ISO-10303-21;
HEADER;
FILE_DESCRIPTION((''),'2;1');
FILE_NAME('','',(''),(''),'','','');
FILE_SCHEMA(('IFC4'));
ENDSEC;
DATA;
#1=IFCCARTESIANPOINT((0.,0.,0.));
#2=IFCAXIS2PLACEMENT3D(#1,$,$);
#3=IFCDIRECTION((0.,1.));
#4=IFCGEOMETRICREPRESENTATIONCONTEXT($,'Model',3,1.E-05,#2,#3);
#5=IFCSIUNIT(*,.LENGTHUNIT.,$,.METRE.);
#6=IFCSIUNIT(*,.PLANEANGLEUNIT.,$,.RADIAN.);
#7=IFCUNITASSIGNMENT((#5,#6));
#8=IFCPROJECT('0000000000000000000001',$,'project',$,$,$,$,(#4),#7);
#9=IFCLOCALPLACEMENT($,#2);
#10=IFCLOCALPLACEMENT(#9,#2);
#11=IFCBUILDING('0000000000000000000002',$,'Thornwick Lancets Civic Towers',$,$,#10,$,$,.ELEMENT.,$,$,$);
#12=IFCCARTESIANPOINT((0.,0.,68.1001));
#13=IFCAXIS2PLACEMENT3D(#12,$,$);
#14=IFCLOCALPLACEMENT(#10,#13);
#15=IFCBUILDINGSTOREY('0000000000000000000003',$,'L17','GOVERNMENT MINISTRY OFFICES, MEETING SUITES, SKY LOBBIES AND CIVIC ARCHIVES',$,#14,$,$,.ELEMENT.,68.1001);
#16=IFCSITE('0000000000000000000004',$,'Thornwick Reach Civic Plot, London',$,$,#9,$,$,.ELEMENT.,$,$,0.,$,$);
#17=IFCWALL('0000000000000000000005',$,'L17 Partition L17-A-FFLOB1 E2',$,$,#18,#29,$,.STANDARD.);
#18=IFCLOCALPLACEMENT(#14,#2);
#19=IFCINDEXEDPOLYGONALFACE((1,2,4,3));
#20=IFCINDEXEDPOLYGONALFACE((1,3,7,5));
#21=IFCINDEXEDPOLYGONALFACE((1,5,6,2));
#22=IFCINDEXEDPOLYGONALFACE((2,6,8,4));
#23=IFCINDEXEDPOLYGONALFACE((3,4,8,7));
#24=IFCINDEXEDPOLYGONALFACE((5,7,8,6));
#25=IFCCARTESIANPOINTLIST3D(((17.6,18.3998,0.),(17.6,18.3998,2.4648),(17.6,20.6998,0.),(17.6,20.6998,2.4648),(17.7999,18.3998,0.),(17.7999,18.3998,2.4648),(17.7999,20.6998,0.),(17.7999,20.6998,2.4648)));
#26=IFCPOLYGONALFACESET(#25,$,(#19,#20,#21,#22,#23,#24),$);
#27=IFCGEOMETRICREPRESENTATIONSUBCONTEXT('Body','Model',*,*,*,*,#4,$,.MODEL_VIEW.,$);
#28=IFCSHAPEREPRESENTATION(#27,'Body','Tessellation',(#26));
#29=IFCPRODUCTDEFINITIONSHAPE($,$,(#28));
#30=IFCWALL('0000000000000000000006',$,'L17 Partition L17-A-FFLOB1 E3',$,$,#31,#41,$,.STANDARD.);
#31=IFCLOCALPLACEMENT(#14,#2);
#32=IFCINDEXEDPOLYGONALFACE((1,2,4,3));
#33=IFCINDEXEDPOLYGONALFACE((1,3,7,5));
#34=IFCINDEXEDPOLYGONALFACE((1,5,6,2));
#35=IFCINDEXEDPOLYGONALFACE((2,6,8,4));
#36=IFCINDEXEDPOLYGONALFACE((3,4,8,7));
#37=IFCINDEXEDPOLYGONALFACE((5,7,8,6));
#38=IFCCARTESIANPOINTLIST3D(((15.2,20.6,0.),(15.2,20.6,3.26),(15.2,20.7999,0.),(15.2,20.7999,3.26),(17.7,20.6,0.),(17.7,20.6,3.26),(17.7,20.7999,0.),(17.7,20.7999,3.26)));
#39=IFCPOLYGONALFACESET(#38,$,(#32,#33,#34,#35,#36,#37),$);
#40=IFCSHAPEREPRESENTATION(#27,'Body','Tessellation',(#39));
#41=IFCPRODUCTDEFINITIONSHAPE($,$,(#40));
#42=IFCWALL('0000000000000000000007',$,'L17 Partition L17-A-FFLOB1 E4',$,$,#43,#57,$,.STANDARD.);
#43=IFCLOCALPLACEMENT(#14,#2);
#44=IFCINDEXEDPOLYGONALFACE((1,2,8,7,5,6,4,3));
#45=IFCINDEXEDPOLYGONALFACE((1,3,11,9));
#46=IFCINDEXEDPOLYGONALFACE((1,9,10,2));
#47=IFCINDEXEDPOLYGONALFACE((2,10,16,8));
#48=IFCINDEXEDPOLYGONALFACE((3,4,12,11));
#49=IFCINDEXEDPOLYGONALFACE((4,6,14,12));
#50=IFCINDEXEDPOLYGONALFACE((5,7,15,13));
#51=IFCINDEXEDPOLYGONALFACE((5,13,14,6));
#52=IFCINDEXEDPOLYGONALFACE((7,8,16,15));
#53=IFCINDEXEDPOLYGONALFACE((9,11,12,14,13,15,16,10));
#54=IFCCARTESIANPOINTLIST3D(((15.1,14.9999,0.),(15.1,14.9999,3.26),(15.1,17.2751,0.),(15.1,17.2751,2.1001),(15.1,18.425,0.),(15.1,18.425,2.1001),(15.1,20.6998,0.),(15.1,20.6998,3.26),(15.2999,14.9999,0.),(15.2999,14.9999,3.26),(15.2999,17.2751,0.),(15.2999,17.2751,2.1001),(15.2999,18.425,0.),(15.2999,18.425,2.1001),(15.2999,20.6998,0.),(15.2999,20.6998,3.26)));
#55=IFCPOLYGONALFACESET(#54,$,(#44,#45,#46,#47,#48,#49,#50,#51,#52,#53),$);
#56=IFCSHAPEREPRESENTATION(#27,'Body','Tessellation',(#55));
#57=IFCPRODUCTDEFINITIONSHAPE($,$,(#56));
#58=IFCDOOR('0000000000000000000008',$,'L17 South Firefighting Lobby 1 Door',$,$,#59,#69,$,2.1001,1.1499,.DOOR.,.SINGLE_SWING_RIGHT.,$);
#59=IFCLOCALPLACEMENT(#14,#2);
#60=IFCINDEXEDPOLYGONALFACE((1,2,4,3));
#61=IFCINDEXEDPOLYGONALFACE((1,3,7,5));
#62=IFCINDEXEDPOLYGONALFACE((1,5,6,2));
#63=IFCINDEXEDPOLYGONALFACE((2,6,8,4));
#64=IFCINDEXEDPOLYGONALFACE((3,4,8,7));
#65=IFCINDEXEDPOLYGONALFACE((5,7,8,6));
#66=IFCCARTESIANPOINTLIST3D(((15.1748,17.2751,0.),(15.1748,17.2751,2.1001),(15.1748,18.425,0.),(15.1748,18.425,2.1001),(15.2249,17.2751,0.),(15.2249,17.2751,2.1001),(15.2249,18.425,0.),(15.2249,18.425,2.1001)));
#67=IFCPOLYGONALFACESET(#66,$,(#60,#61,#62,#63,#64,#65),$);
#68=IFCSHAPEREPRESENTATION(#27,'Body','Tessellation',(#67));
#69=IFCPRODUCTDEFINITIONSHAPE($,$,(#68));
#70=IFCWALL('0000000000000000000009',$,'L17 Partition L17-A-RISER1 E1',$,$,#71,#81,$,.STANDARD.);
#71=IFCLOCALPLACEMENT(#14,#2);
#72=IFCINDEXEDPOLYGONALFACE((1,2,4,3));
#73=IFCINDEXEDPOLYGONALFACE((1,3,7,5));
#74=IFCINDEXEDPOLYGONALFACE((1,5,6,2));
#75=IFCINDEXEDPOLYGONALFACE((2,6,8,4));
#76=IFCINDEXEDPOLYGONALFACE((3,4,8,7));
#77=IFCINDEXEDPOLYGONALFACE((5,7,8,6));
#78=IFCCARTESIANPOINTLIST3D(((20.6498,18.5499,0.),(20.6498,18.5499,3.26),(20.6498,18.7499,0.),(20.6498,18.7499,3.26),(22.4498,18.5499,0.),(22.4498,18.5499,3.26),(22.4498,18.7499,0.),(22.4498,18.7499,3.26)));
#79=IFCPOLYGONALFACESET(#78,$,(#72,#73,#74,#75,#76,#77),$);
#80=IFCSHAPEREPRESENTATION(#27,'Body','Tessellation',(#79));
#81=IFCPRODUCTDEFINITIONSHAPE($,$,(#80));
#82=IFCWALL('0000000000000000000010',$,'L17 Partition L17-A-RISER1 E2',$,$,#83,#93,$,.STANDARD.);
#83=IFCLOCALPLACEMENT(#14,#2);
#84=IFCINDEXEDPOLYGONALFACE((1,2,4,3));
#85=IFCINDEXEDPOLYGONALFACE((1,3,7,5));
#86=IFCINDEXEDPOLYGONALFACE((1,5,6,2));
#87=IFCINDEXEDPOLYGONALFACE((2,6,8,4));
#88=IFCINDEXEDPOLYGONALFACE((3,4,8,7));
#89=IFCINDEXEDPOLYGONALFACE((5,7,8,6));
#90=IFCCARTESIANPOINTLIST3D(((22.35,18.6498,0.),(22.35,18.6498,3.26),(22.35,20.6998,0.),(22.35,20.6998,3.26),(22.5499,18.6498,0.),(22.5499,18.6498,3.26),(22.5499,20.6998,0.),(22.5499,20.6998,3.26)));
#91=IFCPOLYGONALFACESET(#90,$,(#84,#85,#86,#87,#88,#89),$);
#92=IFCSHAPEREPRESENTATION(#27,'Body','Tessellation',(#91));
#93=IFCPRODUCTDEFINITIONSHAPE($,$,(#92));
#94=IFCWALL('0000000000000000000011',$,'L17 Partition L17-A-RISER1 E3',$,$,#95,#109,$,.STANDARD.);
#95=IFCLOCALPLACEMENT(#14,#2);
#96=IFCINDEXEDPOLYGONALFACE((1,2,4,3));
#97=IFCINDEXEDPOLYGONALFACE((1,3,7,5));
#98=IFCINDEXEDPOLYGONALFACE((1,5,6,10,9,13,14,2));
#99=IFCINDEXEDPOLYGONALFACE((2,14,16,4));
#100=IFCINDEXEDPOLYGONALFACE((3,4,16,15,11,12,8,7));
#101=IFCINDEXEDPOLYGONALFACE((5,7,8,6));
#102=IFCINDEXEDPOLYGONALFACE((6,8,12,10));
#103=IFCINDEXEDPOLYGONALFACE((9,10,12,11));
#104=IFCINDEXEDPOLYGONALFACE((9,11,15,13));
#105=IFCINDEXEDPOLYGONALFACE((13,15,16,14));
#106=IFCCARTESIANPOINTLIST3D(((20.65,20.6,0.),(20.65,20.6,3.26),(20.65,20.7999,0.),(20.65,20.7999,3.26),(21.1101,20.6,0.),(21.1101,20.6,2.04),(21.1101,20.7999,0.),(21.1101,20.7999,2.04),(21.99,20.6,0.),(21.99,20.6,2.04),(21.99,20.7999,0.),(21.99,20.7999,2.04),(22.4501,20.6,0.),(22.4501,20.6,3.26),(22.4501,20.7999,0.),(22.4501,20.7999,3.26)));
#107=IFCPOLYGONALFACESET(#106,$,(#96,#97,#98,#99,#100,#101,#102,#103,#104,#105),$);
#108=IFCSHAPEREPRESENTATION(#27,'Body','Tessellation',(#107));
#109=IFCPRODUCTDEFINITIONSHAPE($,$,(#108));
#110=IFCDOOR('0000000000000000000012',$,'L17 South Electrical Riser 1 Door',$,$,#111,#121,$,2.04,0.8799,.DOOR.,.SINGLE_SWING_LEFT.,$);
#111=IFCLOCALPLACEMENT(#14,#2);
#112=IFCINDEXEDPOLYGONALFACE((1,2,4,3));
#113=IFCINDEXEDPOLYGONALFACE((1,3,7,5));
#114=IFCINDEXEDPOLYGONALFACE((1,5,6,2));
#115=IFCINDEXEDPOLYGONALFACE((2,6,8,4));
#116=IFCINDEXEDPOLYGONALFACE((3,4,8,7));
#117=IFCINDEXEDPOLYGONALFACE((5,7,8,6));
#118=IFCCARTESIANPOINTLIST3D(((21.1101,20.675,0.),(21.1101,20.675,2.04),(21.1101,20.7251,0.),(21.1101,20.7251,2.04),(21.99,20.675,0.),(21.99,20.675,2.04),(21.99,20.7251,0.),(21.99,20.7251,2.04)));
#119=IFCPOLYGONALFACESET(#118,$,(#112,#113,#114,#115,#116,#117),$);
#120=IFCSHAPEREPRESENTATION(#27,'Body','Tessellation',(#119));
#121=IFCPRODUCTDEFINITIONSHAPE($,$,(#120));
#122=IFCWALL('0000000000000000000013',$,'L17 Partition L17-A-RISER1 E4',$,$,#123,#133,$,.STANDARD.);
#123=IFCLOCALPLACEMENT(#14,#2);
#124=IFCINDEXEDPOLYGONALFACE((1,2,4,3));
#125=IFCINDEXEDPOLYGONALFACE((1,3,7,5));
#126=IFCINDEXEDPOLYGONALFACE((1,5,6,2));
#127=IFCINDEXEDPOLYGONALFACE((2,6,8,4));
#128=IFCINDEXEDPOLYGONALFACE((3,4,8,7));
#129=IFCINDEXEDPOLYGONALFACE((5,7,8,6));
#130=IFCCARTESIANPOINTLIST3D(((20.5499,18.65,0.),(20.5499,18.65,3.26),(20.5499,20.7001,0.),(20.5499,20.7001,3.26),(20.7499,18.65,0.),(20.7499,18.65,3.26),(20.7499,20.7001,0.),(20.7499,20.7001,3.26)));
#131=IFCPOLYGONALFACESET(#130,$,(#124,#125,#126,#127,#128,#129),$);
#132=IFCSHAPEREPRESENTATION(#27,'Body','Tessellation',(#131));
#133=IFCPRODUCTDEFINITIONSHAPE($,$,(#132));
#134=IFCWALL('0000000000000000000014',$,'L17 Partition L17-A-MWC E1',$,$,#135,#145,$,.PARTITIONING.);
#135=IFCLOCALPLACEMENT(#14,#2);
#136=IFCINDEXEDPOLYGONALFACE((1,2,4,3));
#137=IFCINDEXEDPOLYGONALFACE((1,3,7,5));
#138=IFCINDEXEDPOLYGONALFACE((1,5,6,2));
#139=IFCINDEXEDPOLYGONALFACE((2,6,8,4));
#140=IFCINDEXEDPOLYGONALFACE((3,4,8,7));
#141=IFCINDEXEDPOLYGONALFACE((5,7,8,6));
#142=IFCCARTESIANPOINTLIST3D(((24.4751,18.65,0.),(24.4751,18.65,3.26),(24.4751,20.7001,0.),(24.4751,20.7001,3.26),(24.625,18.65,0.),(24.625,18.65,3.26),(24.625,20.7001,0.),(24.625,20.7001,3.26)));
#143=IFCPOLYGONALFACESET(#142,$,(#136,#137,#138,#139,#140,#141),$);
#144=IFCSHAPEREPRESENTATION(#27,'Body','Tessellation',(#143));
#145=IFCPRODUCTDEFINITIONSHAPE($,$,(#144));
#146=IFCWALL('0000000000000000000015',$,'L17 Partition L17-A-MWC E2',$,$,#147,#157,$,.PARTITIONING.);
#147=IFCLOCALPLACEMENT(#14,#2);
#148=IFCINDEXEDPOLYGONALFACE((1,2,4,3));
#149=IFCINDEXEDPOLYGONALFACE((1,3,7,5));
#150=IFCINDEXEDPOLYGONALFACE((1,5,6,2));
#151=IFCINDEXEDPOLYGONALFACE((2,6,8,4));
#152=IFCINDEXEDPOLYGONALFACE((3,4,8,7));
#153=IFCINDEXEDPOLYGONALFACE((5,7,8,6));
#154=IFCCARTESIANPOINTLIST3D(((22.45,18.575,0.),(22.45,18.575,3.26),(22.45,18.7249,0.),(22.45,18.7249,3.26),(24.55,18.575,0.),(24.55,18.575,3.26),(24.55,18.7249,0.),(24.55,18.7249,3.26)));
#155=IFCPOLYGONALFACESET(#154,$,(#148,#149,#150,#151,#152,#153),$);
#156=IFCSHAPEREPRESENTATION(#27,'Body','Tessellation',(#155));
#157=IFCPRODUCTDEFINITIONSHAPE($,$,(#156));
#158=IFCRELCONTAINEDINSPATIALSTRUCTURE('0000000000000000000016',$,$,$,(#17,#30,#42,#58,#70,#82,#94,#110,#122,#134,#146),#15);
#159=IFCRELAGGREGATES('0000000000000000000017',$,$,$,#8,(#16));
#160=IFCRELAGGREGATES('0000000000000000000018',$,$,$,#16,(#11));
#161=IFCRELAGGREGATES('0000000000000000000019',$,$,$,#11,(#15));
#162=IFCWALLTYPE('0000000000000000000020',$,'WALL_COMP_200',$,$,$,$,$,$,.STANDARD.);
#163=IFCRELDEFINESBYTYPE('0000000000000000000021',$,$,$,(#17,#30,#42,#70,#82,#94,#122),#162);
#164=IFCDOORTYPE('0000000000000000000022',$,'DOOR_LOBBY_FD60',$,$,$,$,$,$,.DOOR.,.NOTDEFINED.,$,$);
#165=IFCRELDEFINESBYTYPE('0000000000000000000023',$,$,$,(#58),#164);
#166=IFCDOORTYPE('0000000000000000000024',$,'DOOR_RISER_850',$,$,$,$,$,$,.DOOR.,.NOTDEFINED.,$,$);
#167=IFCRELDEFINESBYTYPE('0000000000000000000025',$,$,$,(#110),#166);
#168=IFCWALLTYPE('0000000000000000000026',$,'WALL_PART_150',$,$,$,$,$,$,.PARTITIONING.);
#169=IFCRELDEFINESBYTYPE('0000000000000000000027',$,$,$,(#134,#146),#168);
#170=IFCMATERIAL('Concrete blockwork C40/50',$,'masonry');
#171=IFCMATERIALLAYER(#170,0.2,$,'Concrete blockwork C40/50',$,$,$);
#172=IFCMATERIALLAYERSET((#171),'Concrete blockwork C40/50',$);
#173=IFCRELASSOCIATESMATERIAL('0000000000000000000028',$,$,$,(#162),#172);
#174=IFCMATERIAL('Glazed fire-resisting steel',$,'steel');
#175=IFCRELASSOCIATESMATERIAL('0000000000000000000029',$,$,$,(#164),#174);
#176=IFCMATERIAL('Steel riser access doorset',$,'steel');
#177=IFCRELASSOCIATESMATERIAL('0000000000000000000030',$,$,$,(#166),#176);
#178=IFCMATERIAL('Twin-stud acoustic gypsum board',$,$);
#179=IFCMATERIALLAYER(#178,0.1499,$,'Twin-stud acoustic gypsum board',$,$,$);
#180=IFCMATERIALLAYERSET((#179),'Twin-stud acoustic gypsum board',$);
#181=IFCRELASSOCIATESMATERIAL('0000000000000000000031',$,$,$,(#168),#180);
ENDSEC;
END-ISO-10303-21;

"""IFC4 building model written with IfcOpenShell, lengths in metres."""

from ifc_helpers import new_model, si_unit, direction, frame, frame_2d, origin, place, context, subcontext, project, spatial, rectangle, extrude, material, layer, layer_set, type_object, element, fill, save


model = new_model("IFC4")

# Units and contexts
model_context = context("Model", 3, precision=1e-05, world=origin(), true_north=direction((0.0, 1.0)))
body_context = subcontext(model_context, "Body", "Model", "MODEL_VIEW")
ifc_project = project(units=[si_unit("LENGTHUNIT", "METRE"), si_unit("PLANEANGLEUNIT", "RADIAN")], contexts=[model_context])

# Site, building, storey
site_placement = place(None, origin())
site = spatial("IfcSite", under=ifc_project, at=site_placement, Name="Thornwick Reach Civic Plot, London", CompositionType="ELEMENT", RefElevation=0.0)
building_placement = place(site_placement, origin())
building = spatial("IfcBuilding", under=site, at=building_placement, Name="Thornwick Lancets Civic Towers", CompositionType="ELEMENT")
storey_placement = place(building_placement, frame((0.0, 0.0, 68.1001)))
storey = spatial("IfcBuildingStorey", under=building, at=storey_placement, Name="L17", Description="GOVERNMENT MINISTRY OFFICES, MEETING SUITES, SKY LOBBIES AND CIVIC ARCHIVES", CompositionType="ELEMENT", Elevation=68.1001)

# Walls
ifc_material_1 = material(Name="Concrete blockwork C40/50", Category="masonry")
ifc_layer_1 = layer(ifc_material_1, 0.2, Name="Concrete blockwork C40/50")
ifc_layer_set_1 = layer_set([ifc_layer_1], Name="Concrete blockwork C40/50")
wall_type_1 = type_object("IfcWallType", Name="WALL_COMP_200", PredefinedType="STANDARD", material=ifc_layer_set_1)
wall_1_placement = place(storey_placement, frame((17.7, 18.3999, 0.0), z_axis=(0.0, 0.0, 1.0), x_axis=(0.0, 1.0, 0.0)))
element("IfcWall", 1, at=wall_1_placement, inside=storey, type_object=wall_type_1, Name="L17 Partition L17-A-FFLOB1 E2", PredefinedType="STANDARD", context=body_context, shape_type="SweptSolid", body=[
    extrude(rectangle(XDim=2.3, YDim=0.2, at=frame_2d((1.1499, 0.0))), origin(), (0.0, 0.0, 1.0), 2.4648),
])
wall_2_placement = place(storey_placement, frame((17.7, 20.7, 0.0), z_axis=(0.0, 0.0, 1.0), x_axis=(-1.0, 0.0, 0.0)))
element("IfcWall", 2, at=wall_2_placement, inside=storey, type_object=wall_type_1, Name="L17 Partition L17-A-FFLOB1 E3", PredefinedType="STANDARD", context=body_context, shape_type="SweptSolid", body=[
    extrude(rectangle(XDim=2.5, YDim=0.2, at=frame_2d((1.25, 0.0))), origin(), (0.0, 0.0, 1.0), 3.26),
])

# Wall, opening, door
wall_3_placement = place(storey_placement, frame((15.2, 20.7, 0.0), z_axis=(0.0, 0.0, 1.0), x_axis=(0.0, -1.0, 0.0)))
wall_3 = element("IfcWall", 3, at=wall_3_placement, inside=storey, type_object=wall_type_1, Name="L17 Partition L17-A-FFLOB1 E4", PredefinedType="STANDARD", context=body_context, shape_type="SweptSolid", body=[
    extrude(rectangle(XDim=5.7, YDim=0.2, at=frame_2d((2.8501, 0.0))), origin(), (0.0, 0.0, 1.0), 3.26),
])
opening_1_placement = place(wall_3_placement, frame((2.2749, 0.0, 0.0)))
opening_1 = element("IfcOpeningElement", 4, at=opening_1_placement, cuts=wall_3, PredefinedType="OPENING", context=body_context, shape_type="SweptSolid", body=[
    extrude(rectangle(XDim=1.1499, YDim=2.1001, at=frame_2d((0.575, 1.05))), frame((0.0, 0.1099, 0.0), z_axis=(0.0, -1.0, 0.0), x_axis=(1.0, 0.0, 0.0)), (0.0, 0.0, 1.0), 0.22),
])
ifc_material_2 = material(Name="Glazed fire-resisting steel", Category="steel")
door_type_1 = type_object("IfcDoorType", Name="DOOR_LOBBY_FD60", OperationType="NOTDEFINED", PredefinedType="DOOR", material=ifc_material_2)
door_1_placement = place(opening_1_placement, origin())
door_1 = element("IfcDoor", 5, at=door_1_placement, inside=storey, type_object=door_type_1, Name="L17 South Firefighting Lobby 1 Door", OperationType="SINGLE_SWING_RIGHT", OverallHeight=2.1001, OverallWidth=1.1499, PredefinedType="DOOR", context=body_context, shape_type="SweptSolid", body=[
    extrude(rectangle(XDim=1.1499, YDim=2.1001, at=frame_2d((0.575, 1.05))), frame((0.0, 0.0249, 0.0), z_axis=(0.0, -1.0, 0.0), x_axis=(1.0, 0.0, 0.0)), (0.0, 0.0, 1.0), 0.05),
])
fill(opening_1, door_1)

# Walls
wall_4_placement = place(storey_placement, frame((20.6499, 18.6499, 0.0), z_axis=(0.0, 0.0, 1.0), x_axis=(1.0, 0.0, 0.0)))
element("IfcWall", 6, at=wall_4_placement, inside=storey, type_object=wall_type_1, Name="L17 Partition L17-A-RISER1 E1", PredefinedType="STANDARD", context=body_context, shape_type="SweptSolid", body=[
    extrude(rectangle(XDim=1.8, YDim=0.2, at=frame_2d((0.8999, 0.0))), origin(), (0.0, 0.0, 1.0), 3.26),
])
wall_5_placement = place(storey_placement, frame((22.45, 18.6499, 0.0), z_axis=(0.0, 0.0, 1.0), x_axis=(0.0, 1.0, 0.0)))
element("IfcWall", 7, at=wall_5_placement, inside=storey, type_object=wall_type_1, Name="L17 Partition L17-A-RISER1 E2", PredefinedType="STANDARD", context=body_context, shape_type="SweptSolid", body=[
    extrude(rectangle(XDim=2.05, YDim=0.2, at=frame_2d((1.0249, 0.0))), origin(), (0.0, 0.0, 1.0), 3.26),
])

# Wall, opening, door
wall_6_placement = place(storey_placement, frame((22.45, 20.7, 0.0), z_axis=(0.0, 0.0, 1.0), x_axis=(-1.0, 0.0, 0.0)))
wall_6 = element("IfcWall", 8, at=wall_6_placement, inside=storey, type_object=wall_type_1, Name="L17 Partition L17-A-RISER1 E3", PredefinedType="STANDARD", context=body_context, shape_type="SweptSolid", body=[
    extrude(rectangle(XDim=1.8, YDim=0.2, at=frame_2d((0.8999, 0.0))), origin(), (0.0, 0.0, 1.0), 3.26),
])
opening_2_placement = place(wall_6_placement, frame((0.46, 0.0, 0.0)))
opening_2 = element("IfcOpeningElement", 9, at=opening_2_placement, cuts=wall_6, PredefinedType="OPENING", context=body_context, shape_type="SweptSolid", body=[
    extrude(rectangle(XDim=0.8799, YDim=2.04, at=frame_2d((0.4399, 1.02))), frame((0.0, 0.1099, 0.0), z_axis=(0.0, -1.0, 0.0), x_axis=(1.0, 0.0, 0.0)), (0.0, 0.0, 1.0), 0.22),
])
ifc_material_3 = material(Name="Steel riser access doorset", Category="steel")
door_type_2 = type_object("IfcDoorType", Name="DOOR_RISER_850", OperationType="NOTDEFINED", PredefinedType="DOOR", material=ifc_material_3)
door_2_placement = place(opening_2_placement, origin())
door_2 = element("IfcDoor", 10, at=door_2_placement, inside=storey, type_object=door_type_2, Name="L17 South Electrical Riser 1 Door", OperationType="SINGLE_SWING_LEFT", OverallHeight=2.04, OverallWidth=0.8799, PredefinedType="DOOR", context=body_context, shape_type="SweptSolid", body=[
    extrude(rectangle(XDim=0.8799, YDim=2.04, at=frame_2d((0.4399, 1.02))), frame((0.0, 0.0249, 0.0), z_axis=(0.0, -1.0, 0.0), x_axis=(1.0, 0.0, 0.0)), (0.0, 0.0, 1.0), 0.05),
])
fill(opening_2, door_2)

# Walls
wall_7_placement = place(storey_placement, frame((20.6499, 20.7, 0.0), z_axis=(0.0, 0.0, 1.0), x_axis=(0.0, -1.0, 0.0)))
element("IfcWall", 11, at=wall_7_placement, inside=storey, type_object=wall_type_1, Name="L17 Partition L17-A-RISER1 E4", PredefinedType="STANDARD", context=body_context, shape_type="SweptSolid", body=[
    extrude(rectangle(XDim=2.05, YDim=0.2, at=frame_2d((1.0249, 0.0))), origin(), (0.0, 0.0, 1.0), 3.26),
])
ifc_material_4 = material(Name="Twin-stud acoustic gypsum board")
ifc_layer_2 = layer(ifc_material_4, 0.1499, Name="Twin-stud acoustic gypsum board")
ifc_layer_set_2 = layer_set([ifc_layer_2], Name="Twin-stud acoustic gypsum board")
wall_type_2 = type_object("IfcWallType", Name="WALL_PART_150", PredefinedType="PARTITIONING", material=ifc_layer_set_2)
wall_8_placement = place(storey_placement, frame((24.55, 20.7, 0.0), z_axis=(0.0, 0.0, 1.0), x_axis=(0.0, -1.0, 0.0)))
element("IfcWall", 12, at=wall_8_placement, inside=storey, type_object=wall_type_2, Name="L17 Partition L17-A-MWC E1", PredefinedType="PARTITIONING", context=body_context, shape_type="SweptSolid", body=[
    extrude(rectangle(XDim=2.05, YDim=0.1499, at=frame_2d((1.0249, 0.0))), origin(), (0.0, 0.0, 1.0), 3.26),
])
wall_9_placement = place(storey_placement, frame((24.55, 18.6499, 0.0), z_axis=(0.0, 0.0, 1.0), x_axis=(-1.0, 0.0, 0.0)))
element("IfcWall", 13, at=wall_9_placement, inside=storey, type_object=wall_type_2, Name="L17 Partition L17-A-MWC E2", PredefinedType="PARTITIONING", context=body_context, shape_type="SweptSolid", body=[
    extrude(rectangle(XDim=2.1001, YDim=0.1499, at=frame_2d((1.05, 0.0))), origin(), (0.0, 0.0, 1.0), 3.26),
])

save(model, "model.ifc")
